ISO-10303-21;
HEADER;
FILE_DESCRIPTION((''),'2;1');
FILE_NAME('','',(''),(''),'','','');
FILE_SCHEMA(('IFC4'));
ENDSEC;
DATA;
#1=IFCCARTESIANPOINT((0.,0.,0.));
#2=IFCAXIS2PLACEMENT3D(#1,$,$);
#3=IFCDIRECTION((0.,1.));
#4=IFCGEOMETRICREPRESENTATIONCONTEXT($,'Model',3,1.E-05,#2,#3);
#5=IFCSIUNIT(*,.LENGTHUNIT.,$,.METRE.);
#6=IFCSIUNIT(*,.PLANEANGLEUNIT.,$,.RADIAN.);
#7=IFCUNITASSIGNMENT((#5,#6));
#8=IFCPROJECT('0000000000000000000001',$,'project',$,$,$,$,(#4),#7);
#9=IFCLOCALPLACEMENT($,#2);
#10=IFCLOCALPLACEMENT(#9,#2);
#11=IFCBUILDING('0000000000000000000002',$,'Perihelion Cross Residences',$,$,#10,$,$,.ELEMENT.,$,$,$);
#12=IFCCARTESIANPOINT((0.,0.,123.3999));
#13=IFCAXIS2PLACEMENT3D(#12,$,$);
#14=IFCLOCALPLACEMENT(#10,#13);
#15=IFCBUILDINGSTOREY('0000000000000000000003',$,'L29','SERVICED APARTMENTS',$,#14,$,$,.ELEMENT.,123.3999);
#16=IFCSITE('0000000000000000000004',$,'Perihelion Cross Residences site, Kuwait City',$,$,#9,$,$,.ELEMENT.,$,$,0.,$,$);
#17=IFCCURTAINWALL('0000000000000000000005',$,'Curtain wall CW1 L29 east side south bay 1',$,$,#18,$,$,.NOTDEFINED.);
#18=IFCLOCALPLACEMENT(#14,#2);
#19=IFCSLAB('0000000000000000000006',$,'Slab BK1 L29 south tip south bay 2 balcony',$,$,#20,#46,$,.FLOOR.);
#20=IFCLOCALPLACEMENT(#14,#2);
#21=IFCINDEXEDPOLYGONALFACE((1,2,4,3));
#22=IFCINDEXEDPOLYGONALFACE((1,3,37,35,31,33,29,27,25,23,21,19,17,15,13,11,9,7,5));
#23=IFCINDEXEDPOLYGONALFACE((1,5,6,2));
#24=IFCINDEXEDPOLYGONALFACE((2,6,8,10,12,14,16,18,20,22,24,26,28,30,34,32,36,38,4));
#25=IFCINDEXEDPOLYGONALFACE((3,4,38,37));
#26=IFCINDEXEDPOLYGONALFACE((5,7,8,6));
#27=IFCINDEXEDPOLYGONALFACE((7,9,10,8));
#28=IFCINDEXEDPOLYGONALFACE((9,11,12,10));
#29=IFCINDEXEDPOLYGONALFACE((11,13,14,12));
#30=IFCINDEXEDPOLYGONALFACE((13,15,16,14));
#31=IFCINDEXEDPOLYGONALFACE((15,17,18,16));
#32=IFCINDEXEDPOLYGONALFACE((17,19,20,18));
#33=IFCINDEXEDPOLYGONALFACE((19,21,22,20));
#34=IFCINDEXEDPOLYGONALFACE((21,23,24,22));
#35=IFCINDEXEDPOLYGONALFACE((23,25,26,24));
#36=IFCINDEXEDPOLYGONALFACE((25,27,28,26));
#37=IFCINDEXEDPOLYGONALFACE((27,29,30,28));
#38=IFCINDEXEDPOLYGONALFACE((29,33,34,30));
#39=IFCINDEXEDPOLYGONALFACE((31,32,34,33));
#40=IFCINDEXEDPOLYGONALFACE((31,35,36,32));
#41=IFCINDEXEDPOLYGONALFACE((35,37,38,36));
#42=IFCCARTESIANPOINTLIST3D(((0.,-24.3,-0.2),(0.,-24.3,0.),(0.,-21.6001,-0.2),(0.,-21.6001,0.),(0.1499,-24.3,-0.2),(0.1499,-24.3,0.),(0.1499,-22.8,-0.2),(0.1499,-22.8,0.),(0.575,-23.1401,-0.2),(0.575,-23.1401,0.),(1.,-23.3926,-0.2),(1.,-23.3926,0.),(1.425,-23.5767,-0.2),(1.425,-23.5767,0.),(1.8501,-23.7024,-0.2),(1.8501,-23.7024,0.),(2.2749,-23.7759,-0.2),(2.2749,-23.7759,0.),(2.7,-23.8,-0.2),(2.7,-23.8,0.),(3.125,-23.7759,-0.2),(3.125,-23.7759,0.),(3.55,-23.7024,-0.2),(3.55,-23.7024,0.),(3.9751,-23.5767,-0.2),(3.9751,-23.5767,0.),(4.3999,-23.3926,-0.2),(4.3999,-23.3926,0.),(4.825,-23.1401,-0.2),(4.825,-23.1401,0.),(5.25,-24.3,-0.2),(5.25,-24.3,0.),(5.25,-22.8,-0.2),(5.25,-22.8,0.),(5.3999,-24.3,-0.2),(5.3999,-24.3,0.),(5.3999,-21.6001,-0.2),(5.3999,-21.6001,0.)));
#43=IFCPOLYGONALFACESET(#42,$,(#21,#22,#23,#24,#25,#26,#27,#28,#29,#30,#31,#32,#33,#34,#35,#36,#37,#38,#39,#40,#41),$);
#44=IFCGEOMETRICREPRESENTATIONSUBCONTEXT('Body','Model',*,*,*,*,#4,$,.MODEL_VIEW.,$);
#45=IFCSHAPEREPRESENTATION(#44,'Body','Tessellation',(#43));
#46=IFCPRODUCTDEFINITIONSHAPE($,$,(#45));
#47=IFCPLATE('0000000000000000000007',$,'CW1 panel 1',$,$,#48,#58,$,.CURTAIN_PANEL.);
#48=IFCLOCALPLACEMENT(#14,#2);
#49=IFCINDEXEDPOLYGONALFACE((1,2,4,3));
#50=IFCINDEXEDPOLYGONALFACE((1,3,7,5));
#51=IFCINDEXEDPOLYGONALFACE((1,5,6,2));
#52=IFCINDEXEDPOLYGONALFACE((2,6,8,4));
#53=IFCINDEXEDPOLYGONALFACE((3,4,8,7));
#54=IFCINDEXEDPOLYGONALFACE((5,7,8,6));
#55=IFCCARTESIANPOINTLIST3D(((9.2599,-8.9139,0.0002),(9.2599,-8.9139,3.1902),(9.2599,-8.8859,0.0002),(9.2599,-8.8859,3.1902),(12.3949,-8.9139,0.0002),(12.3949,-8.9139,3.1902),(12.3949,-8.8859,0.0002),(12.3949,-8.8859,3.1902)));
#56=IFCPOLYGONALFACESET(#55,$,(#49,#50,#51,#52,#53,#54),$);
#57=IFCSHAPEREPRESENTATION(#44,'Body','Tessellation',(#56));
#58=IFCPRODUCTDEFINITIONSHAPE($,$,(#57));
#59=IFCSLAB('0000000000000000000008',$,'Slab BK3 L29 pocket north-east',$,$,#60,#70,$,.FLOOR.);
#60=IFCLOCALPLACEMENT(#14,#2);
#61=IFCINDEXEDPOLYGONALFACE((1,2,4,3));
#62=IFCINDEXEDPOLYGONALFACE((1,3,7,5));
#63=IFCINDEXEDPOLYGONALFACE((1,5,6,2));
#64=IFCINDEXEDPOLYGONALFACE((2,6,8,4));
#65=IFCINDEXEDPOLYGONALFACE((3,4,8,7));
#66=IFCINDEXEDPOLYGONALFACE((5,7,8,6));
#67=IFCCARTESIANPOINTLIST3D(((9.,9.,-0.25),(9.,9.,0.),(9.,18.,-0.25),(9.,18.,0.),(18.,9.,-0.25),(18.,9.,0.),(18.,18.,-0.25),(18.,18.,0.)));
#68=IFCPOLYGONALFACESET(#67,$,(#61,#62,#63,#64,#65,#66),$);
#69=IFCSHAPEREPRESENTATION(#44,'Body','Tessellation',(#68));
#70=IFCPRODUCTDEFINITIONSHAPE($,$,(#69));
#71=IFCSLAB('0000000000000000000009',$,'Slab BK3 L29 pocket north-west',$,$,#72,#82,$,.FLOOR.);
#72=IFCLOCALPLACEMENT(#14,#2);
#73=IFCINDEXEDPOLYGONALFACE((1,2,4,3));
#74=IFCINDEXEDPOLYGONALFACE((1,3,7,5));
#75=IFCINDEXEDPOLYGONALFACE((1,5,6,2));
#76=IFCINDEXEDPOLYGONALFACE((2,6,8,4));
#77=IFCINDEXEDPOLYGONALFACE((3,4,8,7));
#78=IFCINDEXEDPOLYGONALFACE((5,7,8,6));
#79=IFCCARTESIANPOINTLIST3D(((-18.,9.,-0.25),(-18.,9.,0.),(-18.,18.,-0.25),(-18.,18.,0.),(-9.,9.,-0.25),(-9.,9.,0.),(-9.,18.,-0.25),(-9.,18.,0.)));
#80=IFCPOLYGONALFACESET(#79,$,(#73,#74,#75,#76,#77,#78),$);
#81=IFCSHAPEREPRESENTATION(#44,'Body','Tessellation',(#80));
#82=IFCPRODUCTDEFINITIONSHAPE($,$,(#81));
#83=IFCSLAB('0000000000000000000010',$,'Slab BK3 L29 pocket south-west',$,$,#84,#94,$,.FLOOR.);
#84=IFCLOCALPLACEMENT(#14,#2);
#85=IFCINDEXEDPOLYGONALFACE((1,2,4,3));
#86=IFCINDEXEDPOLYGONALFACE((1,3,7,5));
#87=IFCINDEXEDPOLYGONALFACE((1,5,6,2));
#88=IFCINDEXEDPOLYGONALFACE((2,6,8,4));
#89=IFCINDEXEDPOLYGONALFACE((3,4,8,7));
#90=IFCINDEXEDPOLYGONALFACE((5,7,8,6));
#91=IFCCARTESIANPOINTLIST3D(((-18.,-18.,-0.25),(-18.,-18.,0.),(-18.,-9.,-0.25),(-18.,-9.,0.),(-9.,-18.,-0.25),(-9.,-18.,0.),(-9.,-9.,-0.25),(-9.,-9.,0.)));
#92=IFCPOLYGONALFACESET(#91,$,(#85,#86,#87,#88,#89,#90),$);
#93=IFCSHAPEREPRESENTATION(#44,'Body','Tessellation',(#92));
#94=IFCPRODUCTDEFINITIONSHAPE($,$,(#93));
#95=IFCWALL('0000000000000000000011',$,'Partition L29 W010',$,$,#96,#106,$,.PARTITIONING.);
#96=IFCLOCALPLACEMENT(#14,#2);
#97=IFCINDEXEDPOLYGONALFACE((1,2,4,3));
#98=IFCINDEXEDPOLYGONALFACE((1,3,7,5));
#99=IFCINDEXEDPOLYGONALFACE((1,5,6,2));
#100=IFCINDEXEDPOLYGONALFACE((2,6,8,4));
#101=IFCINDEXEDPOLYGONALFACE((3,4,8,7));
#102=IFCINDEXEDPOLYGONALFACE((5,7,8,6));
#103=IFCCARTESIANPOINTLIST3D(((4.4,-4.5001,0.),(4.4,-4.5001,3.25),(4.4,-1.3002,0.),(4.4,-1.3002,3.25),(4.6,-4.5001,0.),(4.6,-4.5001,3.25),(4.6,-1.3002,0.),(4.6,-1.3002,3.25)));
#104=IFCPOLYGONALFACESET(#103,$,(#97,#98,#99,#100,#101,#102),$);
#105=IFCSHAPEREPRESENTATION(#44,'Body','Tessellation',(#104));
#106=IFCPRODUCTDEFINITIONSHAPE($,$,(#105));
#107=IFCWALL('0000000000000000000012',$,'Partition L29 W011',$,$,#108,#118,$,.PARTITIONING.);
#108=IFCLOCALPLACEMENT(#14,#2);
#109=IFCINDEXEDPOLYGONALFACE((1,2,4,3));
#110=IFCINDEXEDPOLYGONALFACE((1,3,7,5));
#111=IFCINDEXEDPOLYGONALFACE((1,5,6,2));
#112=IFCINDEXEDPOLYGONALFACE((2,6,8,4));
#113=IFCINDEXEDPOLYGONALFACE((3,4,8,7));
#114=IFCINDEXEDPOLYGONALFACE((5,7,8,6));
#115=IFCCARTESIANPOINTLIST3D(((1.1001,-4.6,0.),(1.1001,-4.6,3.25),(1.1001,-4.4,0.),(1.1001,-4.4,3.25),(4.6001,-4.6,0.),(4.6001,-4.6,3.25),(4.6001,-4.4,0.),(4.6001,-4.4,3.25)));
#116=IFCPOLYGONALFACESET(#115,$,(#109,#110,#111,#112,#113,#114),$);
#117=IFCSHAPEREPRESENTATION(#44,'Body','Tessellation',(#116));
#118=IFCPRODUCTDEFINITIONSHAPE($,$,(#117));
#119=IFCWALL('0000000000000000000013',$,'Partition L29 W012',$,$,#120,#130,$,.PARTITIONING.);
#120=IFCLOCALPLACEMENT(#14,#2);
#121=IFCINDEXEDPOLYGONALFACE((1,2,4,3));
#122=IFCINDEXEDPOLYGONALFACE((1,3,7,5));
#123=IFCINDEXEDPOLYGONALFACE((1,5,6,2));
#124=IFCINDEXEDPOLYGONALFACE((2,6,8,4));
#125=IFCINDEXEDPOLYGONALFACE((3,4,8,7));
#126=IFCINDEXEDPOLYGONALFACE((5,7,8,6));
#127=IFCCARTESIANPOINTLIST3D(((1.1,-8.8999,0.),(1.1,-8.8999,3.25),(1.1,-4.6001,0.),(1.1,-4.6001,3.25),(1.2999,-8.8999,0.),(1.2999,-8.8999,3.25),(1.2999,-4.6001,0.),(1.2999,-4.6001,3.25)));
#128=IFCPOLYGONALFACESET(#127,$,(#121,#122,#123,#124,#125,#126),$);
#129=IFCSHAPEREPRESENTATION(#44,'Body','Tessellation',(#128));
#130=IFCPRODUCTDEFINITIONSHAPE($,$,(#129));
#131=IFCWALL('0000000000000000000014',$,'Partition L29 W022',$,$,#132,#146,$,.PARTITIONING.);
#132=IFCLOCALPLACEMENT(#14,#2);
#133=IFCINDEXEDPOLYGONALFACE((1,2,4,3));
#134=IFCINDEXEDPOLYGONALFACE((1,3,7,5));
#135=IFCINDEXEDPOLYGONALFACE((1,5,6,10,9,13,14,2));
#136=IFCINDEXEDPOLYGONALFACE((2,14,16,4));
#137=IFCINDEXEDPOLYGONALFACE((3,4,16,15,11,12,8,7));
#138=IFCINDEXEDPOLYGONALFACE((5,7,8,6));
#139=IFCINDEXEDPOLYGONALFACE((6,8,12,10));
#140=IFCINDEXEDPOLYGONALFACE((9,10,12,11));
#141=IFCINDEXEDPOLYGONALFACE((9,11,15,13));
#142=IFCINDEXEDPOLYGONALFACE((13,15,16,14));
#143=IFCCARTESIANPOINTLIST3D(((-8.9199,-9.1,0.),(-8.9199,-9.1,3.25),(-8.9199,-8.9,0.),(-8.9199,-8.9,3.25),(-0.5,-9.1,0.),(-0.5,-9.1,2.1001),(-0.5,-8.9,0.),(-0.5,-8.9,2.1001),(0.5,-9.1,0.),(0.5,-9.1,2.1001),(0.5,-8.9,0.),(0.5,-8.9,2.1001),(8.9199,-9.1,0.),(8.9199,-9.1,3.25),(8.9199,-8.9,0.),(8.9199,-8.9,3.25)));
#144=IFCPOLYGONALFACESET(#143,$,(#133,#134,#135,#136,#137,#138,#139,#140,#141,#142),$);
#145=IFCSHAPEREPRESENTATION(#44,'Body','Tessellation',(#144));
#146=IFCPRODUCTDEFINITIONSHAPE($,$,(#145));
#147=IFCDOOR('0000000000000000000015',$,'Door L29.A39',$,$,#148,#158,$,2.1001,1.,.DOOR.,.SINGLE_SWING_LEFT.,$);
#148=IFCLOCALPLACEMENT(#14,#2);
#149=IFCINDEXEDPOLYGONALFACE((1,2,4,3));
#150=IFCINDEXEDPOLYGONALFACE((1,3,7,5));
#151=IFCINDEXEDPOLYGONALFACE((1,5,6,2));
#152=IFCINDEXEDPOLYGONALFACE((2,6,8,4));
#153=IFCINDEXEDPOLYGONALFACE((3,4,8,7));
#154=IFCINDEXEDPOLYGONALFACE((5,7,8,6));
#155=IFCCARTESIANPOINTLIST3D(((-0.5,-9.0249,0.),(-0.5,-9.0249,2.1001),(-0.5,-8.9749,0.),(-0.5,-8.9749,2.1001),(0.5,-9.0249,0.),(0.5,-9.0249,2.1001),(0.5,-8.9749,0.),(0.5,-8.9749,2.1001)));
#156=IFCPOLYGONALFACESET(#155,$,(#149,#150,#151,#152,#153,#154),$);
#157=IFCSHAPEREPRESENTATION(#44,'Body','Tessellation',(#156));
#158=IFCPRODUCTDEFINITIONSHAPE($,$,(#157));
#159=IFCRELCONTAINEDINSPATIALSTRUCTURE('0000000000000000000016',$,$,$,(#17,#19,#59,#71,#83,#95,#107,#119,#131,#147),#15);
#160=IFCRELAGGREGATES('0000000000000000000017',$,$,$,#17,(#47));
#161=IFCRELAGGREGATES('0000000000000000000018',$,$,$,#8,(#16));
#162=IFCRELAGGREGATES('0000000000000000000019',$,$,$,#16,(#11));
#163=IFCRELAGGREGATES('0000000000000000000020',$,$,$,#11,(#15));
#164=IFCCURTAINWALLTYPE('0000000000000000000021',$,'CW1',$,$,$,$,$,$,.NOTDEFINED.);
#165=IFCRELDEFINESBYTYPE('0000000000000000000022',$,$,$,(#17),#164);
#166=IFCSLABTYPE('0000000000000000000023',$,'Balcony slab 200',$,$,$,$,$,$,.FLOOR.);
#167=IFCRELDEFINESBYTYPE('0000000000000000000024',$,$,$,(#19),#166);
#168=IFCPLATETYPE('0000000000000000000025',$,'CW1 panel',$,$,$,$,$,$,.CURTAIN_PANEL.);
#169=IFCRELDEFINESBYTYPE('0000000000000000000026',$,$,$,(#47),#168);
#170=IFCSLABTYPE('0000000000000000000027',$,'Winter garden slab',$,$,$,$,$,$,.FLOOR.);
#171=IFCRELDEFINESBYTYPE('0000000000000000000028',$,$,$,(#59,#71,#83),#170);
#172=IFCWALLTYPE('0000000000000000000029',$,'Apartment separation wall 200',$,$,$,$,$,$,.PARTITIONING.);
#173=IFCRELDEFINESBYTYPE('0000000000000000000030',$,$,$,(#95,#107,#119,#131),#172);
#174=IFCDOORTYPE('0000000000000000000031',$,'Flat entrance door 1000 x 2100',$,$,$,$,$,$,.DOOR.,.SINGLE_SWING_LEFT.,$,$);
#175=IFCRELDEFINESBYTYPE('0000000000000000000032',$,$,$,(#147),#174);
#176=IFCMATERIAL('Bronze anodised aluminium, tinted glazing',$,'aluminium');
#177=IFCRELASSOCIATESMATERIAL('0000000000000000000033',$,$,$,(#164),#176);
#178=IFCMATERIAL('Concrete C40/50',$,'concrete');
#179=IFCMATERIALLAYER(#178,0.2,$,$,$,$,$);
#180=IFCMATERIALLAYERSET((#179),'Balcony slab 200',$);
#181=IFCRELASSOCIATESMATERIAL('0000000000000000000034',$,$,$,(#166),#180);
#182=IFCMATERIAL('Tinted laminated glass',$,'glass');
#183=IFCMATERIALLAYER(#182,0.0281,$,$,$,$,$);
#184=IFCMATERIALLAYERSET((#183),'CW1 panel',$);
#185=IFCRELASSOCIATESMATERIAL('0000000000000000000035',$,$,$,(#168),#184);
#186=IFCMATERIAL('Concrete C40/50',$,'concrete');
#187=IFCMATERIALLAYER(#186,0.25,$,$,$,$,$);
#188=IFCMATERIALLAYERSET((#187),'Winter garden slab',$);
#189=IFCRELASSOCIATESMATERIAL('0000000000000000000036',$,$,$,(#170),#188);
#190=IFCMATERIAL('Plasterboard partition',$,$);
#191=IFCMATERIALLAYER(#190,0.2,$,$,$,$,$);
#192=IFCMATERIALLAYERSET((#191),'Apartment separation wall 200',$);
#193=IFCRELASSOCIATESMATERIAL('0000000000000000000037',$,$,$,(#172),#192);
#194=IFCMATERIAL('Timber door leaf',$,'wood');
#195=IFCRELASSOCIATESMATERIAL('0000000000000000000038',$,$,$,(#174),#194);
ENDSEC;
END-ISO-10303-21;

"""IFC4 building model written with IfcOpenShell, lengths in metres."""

from ifc_helpers import new_model, si_unit, direction, frame, frame_2d, origin, origin_2d, place, context, subcontext, project, spatial, polyline, rectangle, outline, extrude, material, layer, layer_set, type_object, element, fill, aggregate, save


model = new_model("IFC4")

# Units and contexts
model_context = context("Model", 3, precision=1e-05, world=origin(), true_north=direction((0.0, 1.0)))
body_context = subcontext(model_context, "Body", "Model", "MODEL_VIEW")
ifc_project = project(units=[si_unit("LENGTHUNIT", "METRE"), si_unit("PLANEANGLEUNIT", "RADIAN")], contexts=[model_context])

# Site, building, storey
site_placement = place(None, origin())
site = spatial("IfcSite", under=ifc_project, at=site_placement, Name="Perihelion Cross Residences site, Kuwait City", CompositionType="ELEMENT", RefElevation=0.0)
building_placement = place(site_placement, origin())
building = spatial("IfcBuilding", under=site, at=building_placement, Name="Perihelion Cross Residences", CompositionType="ELEMENT")
storey_placement = place(building_placement, frame((0.0, 0.0, 123.3999)))
storey = spatial("IfcBuildingStorey", under=building, at=storey_placement, Name="L29", Description="SERVICED APARTMENTS", CompositionType="ELEMENT", Elevation=123.3999)

# Shared definitions
ifc_material_1 = material(Name="Bronze anodised aluminium, tinted glazing", Category="aluminium")
curtain_wall_type = type_object("IfcCurtainWallType", Name="CW1", PredefinedType="NOTDEFINED", material=ifc_material_1)

# Curtain wall
curtain_wall_1_placement = place(storey_placement, origin())
curtain_wall_1 = element("IfcCurtainWall", 1, at=curtain_wall_1_placement, inside=storey, type_object=curtain_wall_type, Name="Curtain wall CW1 L29 east side south bay 1", PredefinedType="NOTDEFINED")

# Slab
ifc_material_2 = material(Name="Concrete C40/50", Category="concrete")
ifc_layer_1 = layer(ifc_material_2, 0.2)
ifc_layer_set_1 = layer_set([ifc_layer_1], Name="Balcony slab 200")
slab_type_1 = type_object("IfcSlabType", Name="Balcony slab 200", PredefinedType="FLOOR", material=ifc_layer_set_1)
slab_1_placement = place(storey_placement, frame((0.0, 0.0, -0.2)))
element("IfcSlab", 2, at=slab_1_placement, inside=storey, type_object=slab_type_1, Name="Slab BK1 L29 south tip south bay 2 balcony", PredefinedType="FLOOR", context=body_context, shape_type="SweptSolid", body=[
    extrude(outline(polyline([(0.0, -21.6001), (5.3999, -21.6001), (5.3999, -24.3), (5.25, -24.3), (5.25, -22.8), (4.825, -23.1401), (4.3999, -23.3926), (3.9751, -23.5767), (3.55, -23.7024), (3.125, -23.7759), (2.7, -23.8), (2.2749, -23.7759), (1.8501, -23.7024), (1.425, -23.5767), (1.0, -23.3926), (0.575, -23.1401), (0.1499, -22.8), (0.1499, -24.3), (0.0, -24.3), (0.0, -21.6001)])), origin(), (0.0, 0.0, 1.0), 0.2),
])

# Plate
ifc_material_3 = material(Name="Tinted laminated glass", Category="glass")
ifc_layer_2 = layer(ifc_material_3, 0.0281)
ifc_layer_set_2 = layer_set([ifc_layer_2], Name="CW1 panel")
plate_type = type_object("IfcPlateType", Name="CW1 panel", PredefinedType="CURTAIN_PANEL", material=ifc_layer_set_2)
plate_placement = place(storey_placement, frame((10.8274, -8.8999, 0.0002), z_axis=(0.0, 0.0, 1.0), x_axis=(1.0, 0.0, 0.0)))
plate = element("IfcPlate", 3, at=plate_placement, type_object=plate_type, Name="CW1 panel 1", PredefinedType="CURTAIN_PANEL", context=body_context, shape_type="SweptSolid", body=[
    extrude(rectangle(XDim=3.135, YDim=0.0281, at=origin_2d()), origin(), (0.0, 0.0, 1.0), 3.1899),
])
aggregate(curtain_wall_1, [plate])

# Slabs
ifc_material_4 = material(Name="Concrete C40/50", Category="concrete")
ifc_layer_3 = layer(ifc_material_4, 0.25)
ifc_layer_set_3 = layer_set([ifc_layer_3], Name="Winter garden slab")
slab_type_2 = type_object("IfcSlabType", Name="Winter garden slab", PredefinedType="FLOOR", material=ifc_layer_set_3)
slab_2_placement = place(storey_placement, frame((0.0, 0.0, -0.25)))
element("IfcSlab", 4, at=slab_2_placement, inside=storey, type_object=slab_type_2, Name="Slab BK3 L29 pocket north-east", PredefinedType="FLOOR", context=body_context, shape_type="SweptSolid", body=[
    extrude(outline(polyline([(18.0, 9.0), (18.0, 18.0), (9.0, 18.0), (9.0, 9.0), (18.0, 9.0)])), origin(), (0.0, 0.0, 1.0), 0.25),
])
slab_3_placement = place(storey_placement, frame((0.0, 0.0, -0.25)))
element("IfcSlab", 5, at=slab_3_placement, inside=storey, type_object=slab_type_2, Name="Slab BK3 L29 pocket north-west", PredefinedType="FLOOR", context=body_context, shape_type="SweptSolid", body=[
    extrude(outline(polyline([(-9.0, 9.0), (-9.0, 18.0), (-18.0, 18.0), (-18.0, 9.0), (-9.0, 9.0)])), origin(), (0.0, 0.0, 1.0), 0.25),
])
slab_4_placement = place(storey_placement, frame((0.0, 0.0, -0.25)))
element("IfcSlab", 6, at=slab_4_placement, inside=storey, type_object=slab_type_2, Name="Slab BK3 L29 pocket south-west", PredefinedType="FLOOR", context=body_context, shape_type="SweptSolid", body=[
    extrude(outline(polyline([(-9.0, -18.0), (-9.0, -9.0), (-18.0, -9.0), (-18.0, -18.0), (-9.0, -18.0)])), origin(), (0.0, 0.0, 1.0), 0.25),
])

# Walls
ifc_material_5 = material(Name="Plasterboard partition")
ifc_layer_4 = layer(ifc_material_5, 0.2)
ifc_layer_set_4 = layer_set([ifc_layer_4], Name="Apartment separation wall 200")
wall_type_1 = type_object("IfcWallType", Name="Apartment separation wall 200", PredefinedType="PARTITIONING", material=ifc_layer_set_4)
wall_1_placement = place(storey_placement, frame((4.5, -1.3, 0.0), z_axis=(0.0, 0.0, 1.0), x_axis=(0.0, -1.0, 0.0)))
element("IfcWall", 7, at=wall_1_placement, inside=storey, type_object=wall_type_1, Name="Partition L29 W010", PredefinedType="PARTITIONING", context=body_context, shape_type="SweptSolid", body=[
    extrude(rectangle(XDim=3.2, YDim=0.2, at=frame_2d((1.6001, 0.0))), origin(), (0.0, 0.0, 1.0), 3.25),
])
wall_2_placement = place(storey_placement, frame((4.6001, -4.5, 0.0), z_axis=(0.0, 0.0, 1.0), x_axis=(-1.0, 0.0, 0.0)))
element("IfcWall", 8, at=wall_2_placement, inside=storey, type_object=wall_type_1, Name="Partition L29 W011", PredefinedType="PARTITIONING", context=body_context, shape_type="SweptSolid", body=[
    extrude(rectangle(XDim=3.5, YDim=0.2, at=frame_2d((1.75, 0.0))), origin(), (0.0, 0.0, 1.0), 3.25),
])
wall_3_placement = place(storey_placement, frame((1.2, -4.6001, 0.0), z_axis=(0.0, 0.0, 1.0), x_axis=(0.0, -1.0, 0.0)))
element("IfcWall", 9, at=wall_3_placement, inside=storey, type_object=wall_type_1, Name="Partition L29 W012", PredefinedType="PARTITIONING", context=body_context, shape_type="SweptSolid", body=[
    extrude(rectangle(XDim=4.2998, YDim=0.2, at=frame_2d((2.1499, 0.0))), origin(), (0.0, 0.0, 1.0), 3.25),
])

# Wall, opening, door
wall_4_placement = place(storey_placement, frame((8.9199, -9.0, 0.0), z_axis=(0.0, 0.0, 1.0), x_axis=(-1.0, 0.0, 0.0)))
wall_4 = element("IfcWall", 10, at=wall_4_placement, inside=storey, type_object=wall_type_1, Name="Partition L29 W022", PredefinedType="PARTITIONING", context=body_context, shape_type="SweptSolid", body=[
    extrude(rectangle(XDim=17.8398, YDim=0.2, at=frame_2d((8.9199, 0.0))), origin(), (0.0, 0.0, 1.0), 3.25),
])
opening_1_placement = place(wall_4_placement, frame((8.4199, 0.0, 0.0)))
opening_1 = element("IfcOpeningElement", 11, at=opening_1_placement, cuts=wall_4, PredefinedType="OPENING", context=body_context, shape_type="SweptSolid", body=[
    extrude(rectangle(XDim=1.0, YDim=2.1001, at=frame_2d((0.5, 1.05))), frame((0.0, 0.1099, 0.0), z_axis=(0.0, -1.0, 0.0), x_axis=(1.0, 0.0, 0.0)), (0.0, 0.0, 1.0), 0.22),
])
ifc_material_6 = material(Name="Timber door leaf", Category="wood")
door_type_1 = type_object("IfcDoorType", Name="Flat entrance door 1000 x 2100", OperationType="SINGLE_SWING_LEFT", PredefinedType="DOOR", material=ifc_material_6)
door_1_placement = place(opening_1_placement, origin())
door_1 = element("IfcDoor", 12, at=door_1_placement, inside=storey, type_object=door_type_1, Name="Door L29.A39", OperationType="SINGLE_SWING_LEFT", OverallHeight=2.1001, OverallWidth=1.0, PredefinedType="DOOR", context=body_context, shape_type="SweptSolid", body=[
    extrude(rectangle(XDim=1.0, YDim=2.1001, at=frame_2d((0.5, 1.05))), frame((0.0, 0.0249, 0.0), z_axis=(0.0, -1.0, 0.0), x_axis=(1.0, 0.0, 0.0)), (0.0, 0.0, 1.0), 0.05),
])
fill(opening_1, door_1)

save(model, "model.ifc")
